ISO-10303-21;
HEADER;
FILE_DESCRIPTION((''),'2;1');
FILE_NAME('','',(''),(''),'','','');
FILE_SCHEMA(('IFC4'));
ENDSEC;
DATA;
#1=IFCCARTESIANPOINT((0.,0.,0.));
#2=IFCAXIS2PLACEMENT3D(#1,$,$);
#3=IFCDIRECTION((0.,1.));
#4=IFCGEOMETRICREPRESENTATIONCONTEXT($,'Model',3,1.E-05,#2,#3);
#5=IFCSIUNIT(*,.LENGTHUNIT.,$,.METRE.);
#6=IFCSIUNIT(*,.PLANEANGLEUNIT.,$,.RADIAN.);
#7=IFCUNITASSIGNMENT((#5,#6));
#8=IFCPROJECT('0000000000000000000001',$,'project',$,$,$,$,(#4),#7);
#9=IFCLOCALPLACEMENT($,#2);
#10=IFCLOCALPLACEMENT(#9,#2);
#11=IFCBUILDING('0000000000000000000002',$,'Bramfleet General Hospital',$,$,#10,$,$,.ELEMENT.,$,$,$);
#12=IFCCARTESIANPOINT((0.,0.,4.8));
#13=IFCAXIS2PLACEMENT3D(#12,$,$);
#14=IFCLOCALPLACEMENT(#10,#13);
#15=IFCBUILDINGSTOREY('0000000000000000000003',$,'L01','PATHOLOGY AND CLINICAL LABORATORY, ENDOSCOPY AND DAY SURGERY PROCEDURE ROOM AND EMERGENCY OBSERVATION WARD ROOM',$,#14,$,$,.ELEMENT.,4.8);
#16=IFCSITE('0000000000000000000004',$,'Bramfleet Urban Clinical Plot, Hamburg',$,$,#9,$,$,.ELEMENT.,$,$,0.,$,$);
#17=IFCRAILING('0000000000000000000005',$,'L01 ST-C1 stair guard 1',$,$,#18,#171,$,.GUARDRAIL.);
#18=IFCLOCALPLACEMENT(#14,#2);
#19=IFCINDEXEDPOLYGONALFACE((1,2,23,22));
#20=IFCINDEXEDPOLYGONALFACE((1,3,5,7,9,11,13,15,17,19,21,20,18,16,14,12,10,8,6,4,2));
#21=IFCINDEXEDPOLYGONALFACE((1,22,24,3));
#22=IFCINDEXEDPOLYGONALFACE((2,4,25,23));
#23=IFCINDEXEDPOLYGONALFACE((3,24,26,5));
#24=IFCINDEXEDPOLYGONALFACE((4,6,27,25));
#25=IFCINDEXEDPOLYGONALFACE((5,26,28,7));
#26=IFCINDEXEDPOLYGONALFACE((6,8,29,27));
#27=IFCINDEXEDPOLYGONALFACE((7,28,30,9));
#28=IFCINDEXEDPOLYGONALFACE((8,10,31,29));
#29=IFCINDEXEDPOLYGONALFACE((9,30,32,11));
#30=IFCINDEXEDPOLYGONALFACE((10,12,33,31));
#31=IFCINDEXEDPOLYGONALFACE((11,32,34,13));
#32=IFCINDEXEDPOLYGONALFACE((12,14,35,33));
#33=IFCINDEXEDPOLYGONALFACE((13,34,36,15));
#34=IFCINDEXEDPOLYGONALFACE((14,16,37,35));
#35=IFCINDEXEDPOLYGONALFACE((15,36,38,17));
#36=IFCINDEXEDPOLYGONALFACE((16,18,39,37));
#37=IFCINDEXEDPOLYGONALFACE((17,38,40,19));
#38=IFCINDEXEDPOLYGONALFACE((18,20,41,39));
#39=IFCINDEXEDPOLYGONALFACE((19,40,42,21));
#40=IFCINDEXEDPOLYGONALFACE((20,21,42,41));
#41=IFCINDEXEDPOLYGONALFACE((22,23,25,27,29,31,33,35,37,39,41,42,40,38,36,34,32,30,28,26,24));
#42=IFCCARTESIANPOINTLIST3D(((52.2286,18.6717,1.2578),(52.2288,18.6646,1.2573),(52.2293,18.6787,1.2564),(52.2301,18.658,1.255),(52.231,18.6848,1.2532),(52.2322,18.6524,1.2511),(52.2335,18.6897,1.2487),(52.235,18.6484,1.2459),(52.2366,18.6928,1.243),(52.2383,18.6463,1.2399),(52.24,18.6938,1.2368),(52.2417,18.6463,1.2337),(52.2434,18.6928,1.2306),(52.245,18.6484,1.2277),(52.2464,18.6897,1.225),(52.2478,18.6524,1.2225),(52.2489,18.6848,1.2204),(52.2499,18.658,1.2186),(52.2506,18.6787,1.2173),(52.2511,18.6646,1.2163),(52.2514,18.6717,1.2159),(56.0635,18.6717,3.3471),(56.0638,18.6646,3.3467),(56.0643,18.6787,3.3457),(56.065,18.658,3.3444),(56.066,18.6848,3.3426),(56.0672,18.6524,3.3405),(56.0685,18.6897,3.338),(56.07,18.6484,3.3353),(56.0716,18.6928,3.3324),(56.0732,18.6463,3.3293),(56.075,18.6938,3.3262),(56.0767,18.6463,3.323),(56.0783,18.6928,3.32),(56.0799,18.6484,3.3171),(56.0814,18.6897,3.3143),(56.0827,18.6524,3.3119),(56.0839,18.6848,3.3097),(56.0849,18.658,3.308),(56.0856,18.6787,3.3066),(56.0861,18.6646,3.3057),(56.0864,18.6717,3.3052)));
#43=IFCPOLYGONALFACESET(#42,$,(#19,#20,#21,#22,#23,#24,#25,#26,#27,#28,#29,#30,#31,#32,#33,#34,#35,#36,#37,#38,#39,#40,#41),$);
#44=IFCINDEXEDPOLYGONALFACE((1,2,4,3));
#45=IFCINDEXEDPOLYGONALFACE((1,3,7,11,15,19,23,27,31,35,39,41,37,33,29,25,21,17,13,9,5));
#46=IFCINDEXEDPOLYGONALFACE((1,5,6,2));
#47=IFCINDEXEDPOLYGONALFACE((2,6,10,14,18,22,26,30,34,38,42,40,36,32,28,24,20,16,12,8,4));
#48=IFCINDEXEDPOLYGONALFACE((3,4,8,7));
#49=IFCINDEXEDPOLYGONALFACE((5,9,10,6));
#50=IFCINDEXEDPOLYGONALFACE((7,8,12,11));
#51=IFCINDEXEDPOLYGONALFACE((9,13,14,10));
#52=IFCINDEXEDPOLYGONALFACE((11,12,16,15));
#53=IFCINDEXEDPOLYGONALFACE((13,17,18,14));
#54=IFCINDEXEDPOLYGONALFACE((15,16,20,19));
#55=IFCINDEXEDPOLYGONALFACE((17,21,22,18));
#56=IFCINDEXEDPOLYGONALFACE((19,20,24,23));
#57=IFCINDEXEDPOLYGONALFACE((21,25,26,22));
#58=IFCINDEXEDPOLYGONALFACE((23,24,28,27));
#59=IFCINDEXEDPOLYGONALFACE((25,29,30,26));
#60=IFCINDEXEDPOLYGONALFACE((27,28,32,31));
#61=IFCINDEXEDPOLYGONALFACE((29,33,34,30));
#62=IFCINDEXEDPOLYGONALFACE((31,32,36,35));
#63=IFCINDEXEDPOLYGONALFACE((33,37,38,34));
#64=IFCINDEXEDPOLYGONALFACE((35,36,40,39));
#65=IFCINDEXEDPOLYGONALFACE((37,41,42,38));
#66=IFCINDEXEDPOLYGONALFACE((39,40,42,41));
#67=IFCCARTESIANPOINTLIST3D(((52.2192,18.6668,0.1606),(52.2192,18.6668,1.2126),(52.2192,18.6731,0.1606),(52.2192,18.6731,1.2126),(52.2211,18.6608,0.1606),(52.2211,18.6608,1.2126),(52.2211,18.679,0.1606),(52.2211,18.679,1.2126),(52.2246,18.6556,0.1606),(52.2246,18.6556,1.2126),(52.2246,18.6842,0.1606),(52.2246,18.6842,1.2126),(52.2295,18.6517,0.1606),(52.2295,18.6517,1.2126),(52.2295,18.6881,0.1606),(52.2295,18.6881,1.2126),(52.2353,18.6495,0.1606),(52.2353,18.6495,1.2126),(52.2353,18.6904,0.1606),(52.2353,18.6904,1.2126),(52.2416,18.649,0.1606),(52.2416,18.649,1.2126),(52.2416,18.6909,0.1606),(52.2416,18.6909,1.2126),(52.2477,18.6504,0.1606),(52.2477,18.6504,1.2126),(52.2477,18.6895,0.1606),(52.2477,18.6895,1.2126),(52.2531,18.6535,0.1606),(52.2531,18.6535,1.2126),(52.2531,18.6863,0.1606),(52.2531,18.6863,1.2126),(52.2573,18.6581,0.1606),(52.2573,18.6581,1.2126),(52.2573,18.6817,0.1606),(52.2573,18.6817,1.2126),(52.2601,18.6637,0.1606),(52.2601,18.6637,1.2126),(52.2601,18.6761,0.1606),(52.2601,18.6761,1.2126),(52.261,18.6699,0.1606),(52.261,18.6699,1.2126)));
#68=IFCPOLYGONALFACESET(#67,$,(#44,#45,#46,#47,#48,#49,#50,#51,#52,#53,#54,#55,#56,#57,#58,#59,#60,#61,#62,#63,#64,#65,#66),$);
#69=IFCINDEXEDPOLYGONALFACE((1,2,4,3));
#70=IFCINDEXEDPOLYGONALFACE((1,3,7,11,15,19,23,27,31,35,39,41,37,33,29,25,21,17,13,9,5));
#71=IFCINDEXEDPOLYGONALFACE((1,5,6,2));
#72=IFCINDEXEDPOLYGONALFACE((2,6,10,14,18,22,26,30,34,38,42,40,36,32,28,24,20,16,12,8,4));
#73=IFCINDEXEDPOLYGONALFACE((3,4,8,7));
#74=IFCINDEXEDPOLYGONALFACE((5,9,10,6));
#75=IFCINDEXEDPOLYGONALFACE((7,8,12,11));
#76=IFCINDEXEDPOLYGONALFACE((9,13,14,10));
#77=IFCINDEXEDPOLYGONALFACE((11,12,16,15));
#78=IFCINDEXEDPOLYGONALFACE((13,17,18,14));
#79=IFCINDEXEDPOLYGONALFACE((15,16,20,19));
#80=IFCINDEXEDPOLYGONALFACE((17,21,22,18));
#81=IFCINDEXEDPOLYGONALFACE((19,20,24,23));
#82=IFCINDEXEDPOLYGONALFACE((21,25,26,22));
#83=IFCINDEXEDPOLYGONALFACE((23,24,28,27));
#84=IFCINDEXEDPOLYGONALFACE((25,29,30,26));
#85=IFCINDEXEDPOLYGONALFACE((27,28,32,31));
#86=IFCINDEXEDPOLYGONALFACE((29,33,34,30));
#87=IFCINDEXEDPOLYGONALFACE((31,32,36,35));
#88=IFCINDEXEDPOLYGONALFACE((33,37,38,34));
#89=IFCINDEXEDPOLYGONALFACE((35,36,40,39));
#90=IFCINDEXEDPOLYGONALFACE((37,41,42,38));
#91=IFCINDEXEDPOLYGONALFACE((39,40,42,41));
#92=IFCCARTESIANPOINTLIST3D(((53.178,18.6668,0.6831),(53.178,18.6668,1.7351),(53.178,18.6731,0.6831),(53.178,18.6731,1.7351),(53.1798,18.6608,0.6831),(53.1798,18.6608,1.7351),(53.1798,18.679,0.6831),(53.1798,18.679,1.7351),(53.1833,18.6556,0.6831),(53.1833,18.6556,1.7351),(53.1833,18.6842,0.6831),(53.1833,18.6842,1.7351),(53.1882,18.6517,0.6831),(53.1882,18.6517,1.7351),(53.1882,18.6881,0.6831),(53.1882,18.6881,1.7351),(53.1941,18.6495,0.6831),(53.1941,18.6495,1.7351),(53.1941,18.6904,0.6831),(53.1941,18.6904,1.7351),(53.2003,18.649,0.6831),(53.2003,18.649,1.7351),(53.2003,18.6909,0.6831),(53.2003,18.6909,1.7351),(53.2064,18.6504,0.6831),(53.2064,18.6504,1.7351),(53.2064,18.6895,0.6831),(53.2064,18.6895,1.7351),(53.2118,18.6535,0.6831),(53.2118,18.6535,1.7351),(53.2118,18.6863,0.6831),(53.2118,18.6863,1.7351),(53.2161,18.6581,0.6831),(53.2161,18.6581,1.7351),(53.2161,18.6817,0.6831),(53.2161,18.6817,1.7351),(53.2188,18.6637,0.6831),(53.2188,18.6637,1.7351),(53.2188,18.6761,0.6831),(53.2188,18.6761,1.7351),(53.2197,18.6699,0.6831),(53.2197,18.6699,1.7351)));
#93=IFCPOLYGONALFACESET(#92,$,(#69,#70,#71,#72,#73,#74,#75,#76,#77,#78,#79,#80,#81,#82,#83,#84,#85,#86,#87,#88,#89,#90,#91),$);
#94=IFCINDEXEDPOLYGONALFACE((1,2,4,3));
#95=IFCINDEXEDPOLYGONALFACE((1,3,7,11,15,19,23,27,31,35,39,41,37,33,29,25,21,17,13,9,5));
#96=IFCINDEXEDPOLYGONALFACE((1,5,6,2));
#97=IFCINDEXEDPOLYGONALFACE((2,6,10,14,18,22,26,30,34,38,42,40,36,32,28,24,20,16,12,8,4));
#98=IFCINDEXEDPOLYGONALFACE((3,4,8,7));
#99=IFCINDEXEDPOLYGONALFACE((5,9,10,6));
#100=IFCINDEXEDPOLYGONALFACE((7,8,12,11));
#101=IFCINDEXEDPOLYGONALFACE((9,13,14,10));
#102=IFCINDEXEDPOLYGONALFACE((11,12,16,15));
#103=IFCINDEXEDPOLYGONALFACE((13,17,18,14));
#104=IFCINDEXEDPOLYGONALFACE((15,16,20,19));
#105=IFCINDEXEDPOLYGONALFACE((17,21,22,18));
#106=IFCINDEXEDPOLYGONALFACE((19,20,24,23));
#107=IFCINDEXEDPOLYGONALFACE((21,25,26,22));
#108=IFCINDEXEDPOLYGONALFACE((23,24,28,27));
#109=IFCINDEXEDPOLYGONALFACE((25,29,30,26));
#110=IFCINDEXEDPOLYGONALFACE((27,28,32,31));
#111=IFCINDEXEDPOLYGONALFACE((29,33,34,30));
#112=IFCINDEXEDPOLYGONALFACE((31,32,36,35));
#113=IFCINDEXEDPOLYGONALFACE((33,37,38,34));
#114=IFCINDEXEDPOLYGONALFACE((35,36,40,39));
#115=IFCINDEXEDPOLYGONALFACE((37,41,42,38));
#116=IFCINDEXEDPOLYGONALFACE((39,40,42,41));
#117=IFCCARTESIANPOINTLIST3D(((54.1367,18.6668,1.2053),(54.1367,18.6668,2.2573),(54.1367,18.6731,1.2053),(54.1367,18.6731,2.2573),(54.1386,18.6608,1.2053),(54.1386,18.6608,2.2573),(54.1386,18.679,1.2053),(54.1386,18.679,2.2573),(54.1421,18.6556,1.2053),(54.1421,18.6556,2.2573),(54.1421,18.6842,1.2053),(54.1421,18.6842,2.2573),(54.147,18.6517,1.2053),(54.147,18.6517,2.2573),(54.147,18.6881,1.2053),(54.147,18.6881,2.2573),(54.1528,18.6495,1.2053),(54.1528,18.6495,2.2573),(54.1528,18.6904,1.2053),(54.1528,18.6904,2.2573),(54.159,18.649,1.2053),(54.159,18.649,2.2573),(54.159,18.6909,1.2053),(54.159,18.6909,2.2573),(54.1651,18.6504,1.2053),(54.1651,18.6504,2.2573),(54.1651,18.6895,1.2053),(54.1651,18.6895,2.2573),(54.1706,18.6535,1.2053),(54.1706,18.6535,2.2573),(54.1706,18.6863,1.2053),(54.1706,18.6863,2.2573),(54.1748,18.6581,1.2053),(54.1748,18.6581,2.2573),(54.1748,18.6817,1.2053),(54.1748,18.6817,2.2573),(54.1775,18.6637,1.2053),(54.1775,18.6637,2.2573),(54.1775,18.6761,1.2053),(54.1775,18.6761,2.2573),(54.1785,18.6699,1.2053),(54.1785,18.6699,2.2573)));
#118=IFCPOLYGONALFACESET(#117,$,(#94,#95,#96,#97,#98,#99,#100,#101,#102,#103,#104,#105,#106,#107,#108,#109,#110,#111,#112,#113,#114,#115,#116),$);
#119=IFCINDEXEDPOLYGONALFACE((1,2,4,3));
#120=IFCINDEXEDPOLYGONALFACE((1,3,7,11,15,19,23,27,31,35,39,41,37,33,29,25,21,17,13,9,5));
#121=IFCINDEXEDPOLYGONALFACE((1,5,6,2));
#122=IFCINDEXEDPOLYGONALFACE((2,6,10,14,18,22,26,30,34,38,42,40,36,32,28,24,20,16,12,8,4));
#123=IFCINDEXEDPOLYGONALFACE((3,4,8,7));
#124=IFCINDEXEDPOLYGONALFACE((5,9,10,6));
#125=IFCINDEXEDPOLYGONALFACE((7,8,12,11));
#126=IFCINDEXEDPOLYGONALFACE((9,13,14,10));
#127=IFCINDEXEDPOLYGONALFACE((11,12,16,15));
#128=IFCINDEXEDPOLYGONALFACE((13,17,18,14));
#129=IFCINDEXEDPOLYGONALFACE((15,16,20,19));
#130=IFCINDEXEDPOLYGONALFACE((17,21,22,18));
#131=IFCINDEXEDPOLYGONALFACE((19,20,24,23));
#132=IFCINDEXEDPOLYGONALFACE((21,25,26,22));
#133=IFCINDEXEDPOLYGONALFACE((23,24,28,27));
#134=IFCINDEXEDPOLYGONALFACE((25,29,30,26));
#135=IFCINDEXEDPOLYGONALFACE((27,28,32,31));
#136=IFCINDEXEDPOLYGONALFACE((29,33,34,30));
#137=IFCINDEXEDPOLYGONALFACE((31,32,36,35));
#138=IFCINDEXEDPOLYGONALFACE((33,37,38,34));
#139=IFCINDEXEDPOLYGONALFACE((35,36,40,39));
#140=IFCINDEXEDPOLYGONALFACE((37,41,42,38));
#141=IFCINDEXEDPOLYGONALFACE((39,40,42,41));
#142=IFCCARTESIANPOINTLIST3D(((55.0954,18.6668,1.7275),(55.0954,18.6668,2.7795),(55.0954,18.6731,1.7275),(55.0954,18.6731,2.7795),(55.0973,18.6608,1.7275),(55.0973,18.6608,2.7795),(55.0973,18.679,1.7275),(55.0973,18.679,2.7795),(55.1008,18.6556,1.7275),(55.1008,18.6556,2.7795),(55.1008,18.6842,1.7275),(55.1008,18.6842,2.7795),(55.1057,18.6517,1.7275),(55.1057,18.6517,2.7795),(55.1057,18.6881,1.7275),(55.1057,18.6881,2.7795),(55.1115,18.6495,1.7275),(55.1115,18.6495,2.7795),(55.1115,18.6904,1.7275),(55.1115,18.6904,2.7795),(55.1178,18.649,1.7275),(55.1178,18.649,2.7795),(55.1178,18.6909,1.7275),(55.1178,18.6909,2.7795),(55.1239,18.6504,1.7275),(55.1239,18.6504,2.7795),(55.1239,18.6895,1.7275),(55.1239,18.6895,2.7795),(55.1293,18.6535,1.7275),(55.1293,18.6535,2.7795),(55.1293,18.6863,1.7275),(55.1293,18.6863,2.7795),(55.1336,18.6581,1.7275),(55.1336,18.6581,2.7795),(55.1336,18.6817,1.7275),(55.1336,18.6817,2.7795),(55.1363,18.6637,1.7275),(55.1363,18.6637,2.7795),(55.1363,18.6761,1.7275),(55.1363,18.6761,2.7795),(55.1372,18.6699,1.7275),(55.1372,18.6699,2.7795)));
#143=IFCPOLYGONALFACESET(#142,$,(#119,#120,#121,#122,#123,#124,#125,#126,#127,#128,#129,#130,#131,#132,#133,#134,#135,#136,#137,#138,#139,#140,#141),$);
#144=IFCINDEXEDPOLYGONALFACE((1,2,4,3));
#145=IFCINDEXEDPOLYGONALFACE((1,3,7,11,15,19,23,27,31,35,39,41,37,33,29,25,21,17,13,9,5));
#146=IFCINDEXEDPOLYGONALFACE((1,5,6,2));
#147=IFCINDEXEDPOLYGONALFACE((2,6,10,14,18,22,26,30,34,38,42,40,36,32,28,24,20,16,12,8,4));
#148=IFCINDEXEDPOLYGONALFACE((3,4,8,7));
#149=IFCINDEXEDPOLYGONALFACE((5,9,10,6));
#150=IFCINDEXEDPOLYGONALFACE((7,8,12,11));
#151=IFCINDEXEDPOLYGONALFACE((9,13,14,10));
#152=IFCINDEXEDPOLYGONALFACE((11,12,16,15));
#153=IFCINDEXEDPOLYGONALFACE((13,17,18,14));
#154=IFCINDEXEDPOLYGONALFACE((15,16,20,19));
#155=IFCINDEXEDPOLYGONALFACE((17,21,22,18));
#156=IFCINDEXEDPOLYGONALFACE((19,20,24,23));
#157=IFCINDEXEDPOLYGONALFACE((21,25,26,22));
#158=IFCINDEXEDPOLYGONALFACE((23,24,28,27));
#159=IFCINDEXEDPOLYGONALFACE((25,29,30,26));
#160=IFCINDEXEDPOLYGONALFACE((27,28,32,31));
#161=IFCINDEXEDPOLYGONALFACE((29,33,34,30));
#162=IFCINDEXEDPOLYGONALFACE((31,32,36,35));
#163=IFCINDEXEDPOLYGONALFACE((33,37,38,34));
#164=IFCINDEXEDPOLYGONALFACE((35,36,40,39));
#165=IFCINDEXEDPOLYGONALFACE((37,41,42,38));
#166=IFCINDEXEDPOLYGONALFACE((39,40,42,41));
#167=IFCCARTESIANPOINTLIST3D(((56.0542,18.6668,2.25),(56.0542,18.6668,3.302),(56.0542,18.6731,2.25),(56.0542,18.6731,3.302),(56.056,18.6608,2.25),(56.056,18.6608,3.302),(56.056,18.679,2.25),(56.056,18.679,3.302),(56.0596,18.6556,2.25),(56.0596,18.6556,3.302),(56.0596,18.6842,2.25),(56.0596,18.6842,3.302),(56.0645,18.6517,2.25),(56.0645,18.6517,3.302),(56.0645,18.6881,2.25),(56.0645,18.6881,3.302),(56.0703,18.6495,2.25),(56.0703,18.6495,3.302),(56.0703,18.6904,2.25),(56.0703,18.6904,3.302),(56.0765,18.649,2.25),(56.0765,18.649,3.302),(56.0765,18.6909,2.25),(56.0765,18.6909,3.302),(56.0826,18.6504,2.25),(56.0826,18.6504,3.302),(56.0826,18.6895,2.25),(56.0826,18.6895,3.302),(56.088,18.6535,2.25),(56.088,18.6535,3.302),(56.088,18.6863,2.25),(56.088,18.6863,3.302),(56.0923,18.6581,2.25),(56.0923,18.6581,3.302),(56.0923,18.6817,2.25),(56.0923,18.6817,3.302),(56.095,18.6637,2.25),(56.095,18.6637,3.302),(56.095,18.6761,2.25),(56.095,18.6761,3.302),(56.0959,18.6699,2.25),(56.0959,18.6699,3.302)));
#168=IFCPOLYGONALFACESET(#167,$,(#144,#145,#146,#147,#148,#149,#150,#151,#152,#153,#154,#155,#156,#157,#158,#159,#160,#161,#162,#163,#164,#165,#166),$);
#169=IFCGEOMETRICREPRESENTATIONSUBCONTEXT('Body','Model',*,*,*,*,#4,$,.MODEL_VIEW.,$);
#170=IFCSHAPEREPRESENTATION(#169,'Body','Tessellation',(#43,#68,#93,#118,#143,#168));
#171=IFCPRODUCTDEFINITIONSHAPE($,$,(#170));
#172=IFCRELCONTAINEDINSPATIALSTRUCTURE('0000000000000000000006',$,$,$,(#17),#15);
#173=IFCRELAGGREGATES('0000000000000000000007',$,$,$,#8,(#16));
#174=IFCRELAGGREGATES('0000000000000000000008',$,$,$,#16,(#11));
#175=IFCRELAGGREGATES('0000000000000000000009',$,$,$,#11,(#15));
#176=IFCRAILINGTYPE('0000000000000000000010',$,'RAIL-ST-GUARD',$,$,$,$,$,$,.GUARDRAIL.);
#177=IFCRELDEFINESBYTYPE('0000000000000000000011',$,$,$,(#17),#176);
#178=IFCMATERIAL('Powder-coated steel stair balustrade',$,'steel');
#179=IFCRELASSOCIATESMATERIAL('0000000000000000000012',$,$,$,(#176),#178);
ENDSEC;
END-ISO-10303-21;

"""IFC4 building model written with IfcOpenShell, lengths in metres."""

from ifc_helpers import new_model, si_unit, direction, frame, origin, origin_2d, place, context, subcontext, project, spatial, circle, extrude, material, type_object, element, save


model = new_model("IFC4")

# Units and contexts
model_context = context("Model", 3, precision=1e-05, world=origin(), true_north=direction((0.0, 1.0)))
body_context = subcontext(model_context, "Body", "Model", "MODEL_VIEW")
ifc_project = project(units=[si_unit("LENGTHUNIT", "METRE"), si_unit("PLANEANGLEUNIT", "RADIAN")], contexts=[model_context])

# Site, building, storey
site_placement = place(None, origin())
site = spatial("IfcSite", under=ifc_project, at=site_placement, Name="Bramfleet Urban Clinical Plot, Hamburg", CompositionType="ELEMENT", RefElevation=0.0)
building_placement = place(site_placement, origin())
building = spatial("IfcBuilding", under=site, at=building_placement, Name="Bramfleet General Hospital", CompositionType="ELEMENT")
storey_placement = place(building_placement, frame((0.0, 0.0, 4.8)))
storey = spatial("IfcBuildingStorey", under=building, at=storey_placement, Name="L01", Description="PATHOLOGY AND CLINICAL LABORATORY, ENDOSCOPY AND DAY SURGERY PROCEDURE ROOM AND EMERGENCY OBSERVATION WARD ROOM", CompositionType="ELEMENT", Elevation=4.8)

# Railing
ifc_material_1 = material(Name="Powder-coated steel stair balustrade", Category="steel")
railing_type_1 = type_object("IfcRailingType", Name="RAIL-ST-GUARD", PredefinedType="GUARDRAIL", material=ifc_material_1)
railing_1_placement = place(storey_placement, frame((52.24, 18.6699, 0.1606)))
element("IfcRailing", 1, at=railing_1_placement, inside=storey, type_object=railing_type_1, Name="L01 ST-C1 stair guard 1", PredefinedType="GUARDRAIL", context=body_context, shape_type="SweptSolid", body=[
    extrude(circle(Radius=0.0239, at=origin_2d()), frame((0.0, 0.0, 1.0762), z_axis=(0.87813, 0.0, 0.478421), x_axis=(0.0, 1.0, 0.0)), (0.0, 0.0, 1.0), 4.3672),
    extrude(circle(Radius=0.021, at=origin_2d()), origin(), (0.0, 0.0, 1.0), 1.052),
    extrude(circle(Radius=0.021, at=origin_2d()), frame((0.9587, 0.0, 0.5225)), (0.0, 0.0, 1.0), 1.052),
    extrude(circle(Radius=0.021, at=origin_2d()), frame((1.9175, 0.0, 1.0447)), (0.0, 0.0, 1.0), 1.052),
    extrude(circle(Radius=0.021, at=origin_2d()), frame((2.8762, 0.0, 1.5669)), (0.0, 0.0, 1.0), 1.052),
    extrude(circle(Radius=0.021, at=origin_2d()), frame((3.835, 0.0, 2.0894)), (0.0, 0.0, 1.0), 1.052),
])

save(model, "model.ifc")
